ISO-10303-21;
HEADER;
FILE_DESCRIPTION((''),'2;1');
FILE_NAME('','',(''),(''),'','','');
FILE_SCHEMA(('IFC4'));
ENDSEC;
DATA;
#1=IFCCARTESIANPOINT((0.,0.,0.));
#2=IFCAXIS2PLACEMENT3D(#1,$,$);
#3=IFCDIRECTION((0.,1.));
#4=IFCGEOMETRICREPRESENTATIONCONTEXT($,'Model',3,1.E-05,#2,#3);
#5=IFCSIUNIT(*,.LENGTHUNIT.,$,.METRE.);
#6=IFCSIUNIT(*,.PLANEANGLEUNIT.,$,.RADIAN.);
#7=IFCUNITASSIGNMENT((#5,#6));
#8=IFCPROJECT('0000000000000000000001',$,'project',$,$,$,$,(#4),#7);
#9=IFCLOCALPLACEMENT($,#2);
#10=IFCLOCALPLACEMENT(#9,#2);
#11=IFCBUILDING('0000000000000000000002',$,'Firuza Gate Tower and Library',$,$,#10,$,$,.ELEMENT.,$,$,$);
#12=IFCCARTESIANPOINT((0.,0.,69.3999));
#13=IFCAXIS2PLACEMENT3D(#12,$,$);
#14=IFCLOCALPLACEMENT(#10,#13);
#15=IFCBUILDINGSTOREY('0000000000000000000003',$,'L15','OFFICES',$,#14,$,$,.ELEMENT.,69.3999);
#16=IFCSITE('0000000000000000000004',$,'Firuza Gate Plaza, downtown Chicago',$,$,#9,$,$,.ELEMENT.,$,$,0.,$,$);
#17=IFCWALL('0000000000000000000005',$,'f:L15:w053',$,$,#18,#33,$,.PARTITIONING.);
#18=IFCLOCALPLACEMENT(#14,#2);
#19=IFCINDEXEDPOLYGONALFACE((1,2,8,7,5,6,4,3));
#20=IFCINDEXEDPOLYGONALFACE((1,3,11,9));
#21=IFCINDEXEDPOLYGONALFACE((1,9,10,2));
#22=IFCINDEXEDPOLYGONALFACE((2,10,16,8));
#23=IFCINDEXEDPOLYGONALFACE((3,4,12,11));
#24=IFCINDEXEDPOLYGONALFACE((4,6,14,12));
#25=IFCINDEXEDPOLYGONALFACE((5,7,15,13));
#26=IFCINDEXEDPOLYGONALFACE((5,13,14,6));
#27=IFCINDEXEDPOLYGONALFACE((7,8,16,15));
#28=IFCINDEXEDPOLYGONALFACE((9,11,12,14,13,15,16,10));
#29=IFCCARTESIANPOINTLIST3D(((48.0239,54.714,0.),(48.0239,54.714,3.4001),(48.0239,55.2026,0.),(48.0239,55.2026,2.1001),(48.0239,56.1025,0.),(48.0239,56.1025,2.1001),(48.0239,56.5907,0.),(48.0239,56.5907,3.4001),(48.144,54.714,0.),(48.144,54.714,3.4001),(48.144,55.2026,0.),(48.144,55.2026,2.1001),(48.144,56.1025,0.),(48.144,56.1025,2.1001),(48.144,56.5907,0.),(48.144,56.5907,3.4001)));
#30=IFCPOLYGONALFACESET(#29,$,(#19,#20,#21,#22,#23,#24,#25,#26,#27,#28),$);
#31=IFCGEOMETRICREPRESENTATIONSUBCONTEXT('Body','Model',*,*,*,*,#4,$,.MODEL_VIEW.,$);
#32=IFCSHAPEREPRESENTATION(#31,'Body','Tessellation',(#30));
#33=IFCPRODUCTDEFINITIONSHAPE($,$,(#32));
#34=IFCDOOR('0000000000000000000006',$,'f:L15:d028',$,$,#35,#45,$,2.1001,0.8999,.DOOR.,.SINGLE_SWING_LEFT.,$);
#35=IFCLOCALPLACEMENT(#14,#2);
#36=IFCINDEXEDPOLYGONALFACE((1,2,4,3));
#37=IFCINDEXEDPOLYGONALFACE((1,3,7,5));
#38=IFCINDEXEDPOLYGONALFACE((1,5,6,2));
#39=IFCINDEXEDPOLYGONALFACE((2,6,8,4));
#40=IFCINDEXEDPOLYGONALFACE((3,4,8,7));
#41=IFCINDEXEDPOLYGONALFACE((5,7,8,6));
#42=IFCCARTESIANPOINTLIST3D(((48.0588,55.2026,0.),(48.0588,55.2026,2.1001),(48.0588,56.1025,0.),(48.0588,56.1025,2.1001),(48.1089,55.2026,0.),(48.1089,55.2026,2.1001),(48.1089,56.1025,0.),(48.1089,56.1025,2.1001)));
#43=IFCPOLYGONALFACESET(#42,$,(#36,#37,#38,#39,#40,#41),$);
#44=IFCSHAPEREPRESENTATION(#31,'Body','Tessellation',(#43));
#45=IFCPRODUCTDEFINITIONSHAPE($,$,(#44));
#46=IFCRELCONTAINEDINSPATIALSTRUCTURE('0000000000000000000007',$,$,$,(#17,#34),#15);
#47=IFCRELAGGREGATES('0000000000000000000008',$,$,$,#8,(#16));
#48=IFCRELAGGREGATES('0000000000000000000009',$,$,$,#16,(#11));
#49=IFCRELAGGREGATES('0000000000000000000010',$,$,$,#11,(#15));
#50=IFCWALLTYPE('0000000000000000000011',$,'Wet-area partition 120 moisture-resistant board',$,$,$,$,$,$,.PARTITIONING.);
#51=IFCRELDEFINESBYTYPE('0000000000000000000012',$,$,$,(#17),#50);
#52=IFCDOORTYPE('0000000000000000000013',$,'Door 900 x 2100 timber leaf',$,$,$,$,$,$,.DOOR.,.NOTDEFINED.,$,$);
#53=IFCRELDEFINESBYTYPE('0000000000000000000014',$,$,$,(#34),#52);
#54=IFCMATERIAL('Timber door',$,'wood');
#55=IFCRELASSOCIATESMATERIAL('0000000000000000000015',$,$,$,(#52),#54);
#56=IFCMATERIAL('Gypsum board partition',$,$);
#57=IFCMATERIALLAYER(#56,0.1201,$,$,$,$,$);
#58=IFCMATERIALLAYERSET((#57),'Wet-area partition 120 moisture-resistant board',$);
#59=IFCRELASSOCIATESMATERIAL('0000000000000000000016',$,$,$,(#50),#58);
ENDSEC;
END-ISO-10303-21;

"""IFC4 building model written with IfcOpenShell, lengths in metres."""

from ifc_helpers import new_model, si_unit, direction, frame, frame_2d, origin, place, context, subcontext, project, spatial, rectangle, extrude, material, layer, layer_set, type_object, element, fill, save


model = new_model("IFC4")

# Units and contexts
model_context = context("Model", 3, precision=1e-05, world=origin(), true_north=direction((0.0, 1.0)))
body_context = subcontext(model_context, "Body", "Model", "MODEL_VIEW")
ifc_project = project(units=[si_unit("LENGTHUNIT", "METRE"), si_unit("PLANEANGLEUNIT", "RADIAN")], contexts=[model_context])

# Site, building, storey
site_placement = place(None, origin())
site = spatial("IfcSite", under=ifc_project, at=site_placement, Name="Firuza Gate Plaza, downtown Chicago", CompositionType="ELEMENT", RefElevation=0.0)
building_placement = place(site_placement, origin())
building = spatial("IfcBuilding", under=site, at=building_placement, Name="Firuza Gate Tower and Library", CompositionType="ELEMENT")
storey_placement = place(building_placement, frame((0.0, 0.0, 69.3999)))
storey = spatial("IfcBuildingStorey", under=building, at=storey_placement, Name="L15", Description="OFFICES", CompositionType="ELEMENT", Elevation=69.3999)

# Shared definitions
ifc_material_1 = material(Name="Timber door", Category="wood")
door_type_1 = type_object("IfcDoorType", Name="Door 900 x 2100 timber leaf", OperationType="NOTDEFINED", PredefinedType="DOOR", material=ifc_material_1)

# Shared definitions
ifc_material_2 = material(Name="Gypsum board partition")
ifc_layer_1 = layer(ifc_material_2, 0.1201)
ifc_layer_set_1 = layer_set([ifc_layer_1], Name="Wet-area partition 120 moisture-resistant board")
wall_type_1 = type_object("IfcWallType", Name="Wet-area partition 120 moisture-resistant board", PredefinedType="PARTITIONING", material=ifc_layer_set_1)

# Wall, opening, door
wall_1_placement = place(storey_placement, frame((48.084, 56.5908, 0.0), z_axis=(0.0, 0.0, 1.0), x_axis=(0.0, -1.0, 0.0)))
wall_1 = element("IfcWall", 1, at=wall_1_placement, inside=storey, type_object=wall_type_1, Name="f:L15:w053", PredefinedType="PARTITIONING", context=body_context, shape_type="SweptSolid", body=[
    extrude(rectangle(XDim=1.8767, YDim=0.1201, at=frame_2d((0.9385, 0.0))), origin(), (0.0, 0.0, 1.0), 3.4001),
])
opening_1_placement = place(wall_1_placement, frame((0.4883, 0.0, 0.0)))
opening_1 = element("IfcOpeningElement", 2, at=opening_1_placement, cuts=wall_1, PredefinedType="OPENING", context=body_context, shape_type="SweptSolid", body=[
    extrude(rectangle(XDim=0.8999, YDim=2.1001, at=frame_2d((0.45, 1.05))), frame((0.0, 0.0701, 0.0), z_axis=(0.0, -1.0, 0.0), x_axis=(1.0, 0.0, 0.0)), (0.0, 0.0, 1.0), 0.1401),
])
door_1_placement = place(opening_1_placement, origin())
door_1 = element("IfcDoor", 3, at=door_1_placement, inside=storey, type_object=door_type_1, Name="f:L15:d028", OperationType="SINGLE_SWING_LEFT", OverallHeight=2.1001, OverallWidth=0.8999, PredefinedType="DOOR", context=body_context, shape_type="SweptSolid", body=[
    extrude(rectangle(XDim=0.8999, YDim=2.1001, at=frame_2d((0.45, 1.05))), frame((0.0, 0.0249, 0.0), z_axis=(0.0, -1.0, 0.0), x_axis=(1.0, 0.0, 0.0)), (0.0, 0.0, 1.0), 0.05),
])
fill(opening_1, door_1)

save(model, "model.ifc")
